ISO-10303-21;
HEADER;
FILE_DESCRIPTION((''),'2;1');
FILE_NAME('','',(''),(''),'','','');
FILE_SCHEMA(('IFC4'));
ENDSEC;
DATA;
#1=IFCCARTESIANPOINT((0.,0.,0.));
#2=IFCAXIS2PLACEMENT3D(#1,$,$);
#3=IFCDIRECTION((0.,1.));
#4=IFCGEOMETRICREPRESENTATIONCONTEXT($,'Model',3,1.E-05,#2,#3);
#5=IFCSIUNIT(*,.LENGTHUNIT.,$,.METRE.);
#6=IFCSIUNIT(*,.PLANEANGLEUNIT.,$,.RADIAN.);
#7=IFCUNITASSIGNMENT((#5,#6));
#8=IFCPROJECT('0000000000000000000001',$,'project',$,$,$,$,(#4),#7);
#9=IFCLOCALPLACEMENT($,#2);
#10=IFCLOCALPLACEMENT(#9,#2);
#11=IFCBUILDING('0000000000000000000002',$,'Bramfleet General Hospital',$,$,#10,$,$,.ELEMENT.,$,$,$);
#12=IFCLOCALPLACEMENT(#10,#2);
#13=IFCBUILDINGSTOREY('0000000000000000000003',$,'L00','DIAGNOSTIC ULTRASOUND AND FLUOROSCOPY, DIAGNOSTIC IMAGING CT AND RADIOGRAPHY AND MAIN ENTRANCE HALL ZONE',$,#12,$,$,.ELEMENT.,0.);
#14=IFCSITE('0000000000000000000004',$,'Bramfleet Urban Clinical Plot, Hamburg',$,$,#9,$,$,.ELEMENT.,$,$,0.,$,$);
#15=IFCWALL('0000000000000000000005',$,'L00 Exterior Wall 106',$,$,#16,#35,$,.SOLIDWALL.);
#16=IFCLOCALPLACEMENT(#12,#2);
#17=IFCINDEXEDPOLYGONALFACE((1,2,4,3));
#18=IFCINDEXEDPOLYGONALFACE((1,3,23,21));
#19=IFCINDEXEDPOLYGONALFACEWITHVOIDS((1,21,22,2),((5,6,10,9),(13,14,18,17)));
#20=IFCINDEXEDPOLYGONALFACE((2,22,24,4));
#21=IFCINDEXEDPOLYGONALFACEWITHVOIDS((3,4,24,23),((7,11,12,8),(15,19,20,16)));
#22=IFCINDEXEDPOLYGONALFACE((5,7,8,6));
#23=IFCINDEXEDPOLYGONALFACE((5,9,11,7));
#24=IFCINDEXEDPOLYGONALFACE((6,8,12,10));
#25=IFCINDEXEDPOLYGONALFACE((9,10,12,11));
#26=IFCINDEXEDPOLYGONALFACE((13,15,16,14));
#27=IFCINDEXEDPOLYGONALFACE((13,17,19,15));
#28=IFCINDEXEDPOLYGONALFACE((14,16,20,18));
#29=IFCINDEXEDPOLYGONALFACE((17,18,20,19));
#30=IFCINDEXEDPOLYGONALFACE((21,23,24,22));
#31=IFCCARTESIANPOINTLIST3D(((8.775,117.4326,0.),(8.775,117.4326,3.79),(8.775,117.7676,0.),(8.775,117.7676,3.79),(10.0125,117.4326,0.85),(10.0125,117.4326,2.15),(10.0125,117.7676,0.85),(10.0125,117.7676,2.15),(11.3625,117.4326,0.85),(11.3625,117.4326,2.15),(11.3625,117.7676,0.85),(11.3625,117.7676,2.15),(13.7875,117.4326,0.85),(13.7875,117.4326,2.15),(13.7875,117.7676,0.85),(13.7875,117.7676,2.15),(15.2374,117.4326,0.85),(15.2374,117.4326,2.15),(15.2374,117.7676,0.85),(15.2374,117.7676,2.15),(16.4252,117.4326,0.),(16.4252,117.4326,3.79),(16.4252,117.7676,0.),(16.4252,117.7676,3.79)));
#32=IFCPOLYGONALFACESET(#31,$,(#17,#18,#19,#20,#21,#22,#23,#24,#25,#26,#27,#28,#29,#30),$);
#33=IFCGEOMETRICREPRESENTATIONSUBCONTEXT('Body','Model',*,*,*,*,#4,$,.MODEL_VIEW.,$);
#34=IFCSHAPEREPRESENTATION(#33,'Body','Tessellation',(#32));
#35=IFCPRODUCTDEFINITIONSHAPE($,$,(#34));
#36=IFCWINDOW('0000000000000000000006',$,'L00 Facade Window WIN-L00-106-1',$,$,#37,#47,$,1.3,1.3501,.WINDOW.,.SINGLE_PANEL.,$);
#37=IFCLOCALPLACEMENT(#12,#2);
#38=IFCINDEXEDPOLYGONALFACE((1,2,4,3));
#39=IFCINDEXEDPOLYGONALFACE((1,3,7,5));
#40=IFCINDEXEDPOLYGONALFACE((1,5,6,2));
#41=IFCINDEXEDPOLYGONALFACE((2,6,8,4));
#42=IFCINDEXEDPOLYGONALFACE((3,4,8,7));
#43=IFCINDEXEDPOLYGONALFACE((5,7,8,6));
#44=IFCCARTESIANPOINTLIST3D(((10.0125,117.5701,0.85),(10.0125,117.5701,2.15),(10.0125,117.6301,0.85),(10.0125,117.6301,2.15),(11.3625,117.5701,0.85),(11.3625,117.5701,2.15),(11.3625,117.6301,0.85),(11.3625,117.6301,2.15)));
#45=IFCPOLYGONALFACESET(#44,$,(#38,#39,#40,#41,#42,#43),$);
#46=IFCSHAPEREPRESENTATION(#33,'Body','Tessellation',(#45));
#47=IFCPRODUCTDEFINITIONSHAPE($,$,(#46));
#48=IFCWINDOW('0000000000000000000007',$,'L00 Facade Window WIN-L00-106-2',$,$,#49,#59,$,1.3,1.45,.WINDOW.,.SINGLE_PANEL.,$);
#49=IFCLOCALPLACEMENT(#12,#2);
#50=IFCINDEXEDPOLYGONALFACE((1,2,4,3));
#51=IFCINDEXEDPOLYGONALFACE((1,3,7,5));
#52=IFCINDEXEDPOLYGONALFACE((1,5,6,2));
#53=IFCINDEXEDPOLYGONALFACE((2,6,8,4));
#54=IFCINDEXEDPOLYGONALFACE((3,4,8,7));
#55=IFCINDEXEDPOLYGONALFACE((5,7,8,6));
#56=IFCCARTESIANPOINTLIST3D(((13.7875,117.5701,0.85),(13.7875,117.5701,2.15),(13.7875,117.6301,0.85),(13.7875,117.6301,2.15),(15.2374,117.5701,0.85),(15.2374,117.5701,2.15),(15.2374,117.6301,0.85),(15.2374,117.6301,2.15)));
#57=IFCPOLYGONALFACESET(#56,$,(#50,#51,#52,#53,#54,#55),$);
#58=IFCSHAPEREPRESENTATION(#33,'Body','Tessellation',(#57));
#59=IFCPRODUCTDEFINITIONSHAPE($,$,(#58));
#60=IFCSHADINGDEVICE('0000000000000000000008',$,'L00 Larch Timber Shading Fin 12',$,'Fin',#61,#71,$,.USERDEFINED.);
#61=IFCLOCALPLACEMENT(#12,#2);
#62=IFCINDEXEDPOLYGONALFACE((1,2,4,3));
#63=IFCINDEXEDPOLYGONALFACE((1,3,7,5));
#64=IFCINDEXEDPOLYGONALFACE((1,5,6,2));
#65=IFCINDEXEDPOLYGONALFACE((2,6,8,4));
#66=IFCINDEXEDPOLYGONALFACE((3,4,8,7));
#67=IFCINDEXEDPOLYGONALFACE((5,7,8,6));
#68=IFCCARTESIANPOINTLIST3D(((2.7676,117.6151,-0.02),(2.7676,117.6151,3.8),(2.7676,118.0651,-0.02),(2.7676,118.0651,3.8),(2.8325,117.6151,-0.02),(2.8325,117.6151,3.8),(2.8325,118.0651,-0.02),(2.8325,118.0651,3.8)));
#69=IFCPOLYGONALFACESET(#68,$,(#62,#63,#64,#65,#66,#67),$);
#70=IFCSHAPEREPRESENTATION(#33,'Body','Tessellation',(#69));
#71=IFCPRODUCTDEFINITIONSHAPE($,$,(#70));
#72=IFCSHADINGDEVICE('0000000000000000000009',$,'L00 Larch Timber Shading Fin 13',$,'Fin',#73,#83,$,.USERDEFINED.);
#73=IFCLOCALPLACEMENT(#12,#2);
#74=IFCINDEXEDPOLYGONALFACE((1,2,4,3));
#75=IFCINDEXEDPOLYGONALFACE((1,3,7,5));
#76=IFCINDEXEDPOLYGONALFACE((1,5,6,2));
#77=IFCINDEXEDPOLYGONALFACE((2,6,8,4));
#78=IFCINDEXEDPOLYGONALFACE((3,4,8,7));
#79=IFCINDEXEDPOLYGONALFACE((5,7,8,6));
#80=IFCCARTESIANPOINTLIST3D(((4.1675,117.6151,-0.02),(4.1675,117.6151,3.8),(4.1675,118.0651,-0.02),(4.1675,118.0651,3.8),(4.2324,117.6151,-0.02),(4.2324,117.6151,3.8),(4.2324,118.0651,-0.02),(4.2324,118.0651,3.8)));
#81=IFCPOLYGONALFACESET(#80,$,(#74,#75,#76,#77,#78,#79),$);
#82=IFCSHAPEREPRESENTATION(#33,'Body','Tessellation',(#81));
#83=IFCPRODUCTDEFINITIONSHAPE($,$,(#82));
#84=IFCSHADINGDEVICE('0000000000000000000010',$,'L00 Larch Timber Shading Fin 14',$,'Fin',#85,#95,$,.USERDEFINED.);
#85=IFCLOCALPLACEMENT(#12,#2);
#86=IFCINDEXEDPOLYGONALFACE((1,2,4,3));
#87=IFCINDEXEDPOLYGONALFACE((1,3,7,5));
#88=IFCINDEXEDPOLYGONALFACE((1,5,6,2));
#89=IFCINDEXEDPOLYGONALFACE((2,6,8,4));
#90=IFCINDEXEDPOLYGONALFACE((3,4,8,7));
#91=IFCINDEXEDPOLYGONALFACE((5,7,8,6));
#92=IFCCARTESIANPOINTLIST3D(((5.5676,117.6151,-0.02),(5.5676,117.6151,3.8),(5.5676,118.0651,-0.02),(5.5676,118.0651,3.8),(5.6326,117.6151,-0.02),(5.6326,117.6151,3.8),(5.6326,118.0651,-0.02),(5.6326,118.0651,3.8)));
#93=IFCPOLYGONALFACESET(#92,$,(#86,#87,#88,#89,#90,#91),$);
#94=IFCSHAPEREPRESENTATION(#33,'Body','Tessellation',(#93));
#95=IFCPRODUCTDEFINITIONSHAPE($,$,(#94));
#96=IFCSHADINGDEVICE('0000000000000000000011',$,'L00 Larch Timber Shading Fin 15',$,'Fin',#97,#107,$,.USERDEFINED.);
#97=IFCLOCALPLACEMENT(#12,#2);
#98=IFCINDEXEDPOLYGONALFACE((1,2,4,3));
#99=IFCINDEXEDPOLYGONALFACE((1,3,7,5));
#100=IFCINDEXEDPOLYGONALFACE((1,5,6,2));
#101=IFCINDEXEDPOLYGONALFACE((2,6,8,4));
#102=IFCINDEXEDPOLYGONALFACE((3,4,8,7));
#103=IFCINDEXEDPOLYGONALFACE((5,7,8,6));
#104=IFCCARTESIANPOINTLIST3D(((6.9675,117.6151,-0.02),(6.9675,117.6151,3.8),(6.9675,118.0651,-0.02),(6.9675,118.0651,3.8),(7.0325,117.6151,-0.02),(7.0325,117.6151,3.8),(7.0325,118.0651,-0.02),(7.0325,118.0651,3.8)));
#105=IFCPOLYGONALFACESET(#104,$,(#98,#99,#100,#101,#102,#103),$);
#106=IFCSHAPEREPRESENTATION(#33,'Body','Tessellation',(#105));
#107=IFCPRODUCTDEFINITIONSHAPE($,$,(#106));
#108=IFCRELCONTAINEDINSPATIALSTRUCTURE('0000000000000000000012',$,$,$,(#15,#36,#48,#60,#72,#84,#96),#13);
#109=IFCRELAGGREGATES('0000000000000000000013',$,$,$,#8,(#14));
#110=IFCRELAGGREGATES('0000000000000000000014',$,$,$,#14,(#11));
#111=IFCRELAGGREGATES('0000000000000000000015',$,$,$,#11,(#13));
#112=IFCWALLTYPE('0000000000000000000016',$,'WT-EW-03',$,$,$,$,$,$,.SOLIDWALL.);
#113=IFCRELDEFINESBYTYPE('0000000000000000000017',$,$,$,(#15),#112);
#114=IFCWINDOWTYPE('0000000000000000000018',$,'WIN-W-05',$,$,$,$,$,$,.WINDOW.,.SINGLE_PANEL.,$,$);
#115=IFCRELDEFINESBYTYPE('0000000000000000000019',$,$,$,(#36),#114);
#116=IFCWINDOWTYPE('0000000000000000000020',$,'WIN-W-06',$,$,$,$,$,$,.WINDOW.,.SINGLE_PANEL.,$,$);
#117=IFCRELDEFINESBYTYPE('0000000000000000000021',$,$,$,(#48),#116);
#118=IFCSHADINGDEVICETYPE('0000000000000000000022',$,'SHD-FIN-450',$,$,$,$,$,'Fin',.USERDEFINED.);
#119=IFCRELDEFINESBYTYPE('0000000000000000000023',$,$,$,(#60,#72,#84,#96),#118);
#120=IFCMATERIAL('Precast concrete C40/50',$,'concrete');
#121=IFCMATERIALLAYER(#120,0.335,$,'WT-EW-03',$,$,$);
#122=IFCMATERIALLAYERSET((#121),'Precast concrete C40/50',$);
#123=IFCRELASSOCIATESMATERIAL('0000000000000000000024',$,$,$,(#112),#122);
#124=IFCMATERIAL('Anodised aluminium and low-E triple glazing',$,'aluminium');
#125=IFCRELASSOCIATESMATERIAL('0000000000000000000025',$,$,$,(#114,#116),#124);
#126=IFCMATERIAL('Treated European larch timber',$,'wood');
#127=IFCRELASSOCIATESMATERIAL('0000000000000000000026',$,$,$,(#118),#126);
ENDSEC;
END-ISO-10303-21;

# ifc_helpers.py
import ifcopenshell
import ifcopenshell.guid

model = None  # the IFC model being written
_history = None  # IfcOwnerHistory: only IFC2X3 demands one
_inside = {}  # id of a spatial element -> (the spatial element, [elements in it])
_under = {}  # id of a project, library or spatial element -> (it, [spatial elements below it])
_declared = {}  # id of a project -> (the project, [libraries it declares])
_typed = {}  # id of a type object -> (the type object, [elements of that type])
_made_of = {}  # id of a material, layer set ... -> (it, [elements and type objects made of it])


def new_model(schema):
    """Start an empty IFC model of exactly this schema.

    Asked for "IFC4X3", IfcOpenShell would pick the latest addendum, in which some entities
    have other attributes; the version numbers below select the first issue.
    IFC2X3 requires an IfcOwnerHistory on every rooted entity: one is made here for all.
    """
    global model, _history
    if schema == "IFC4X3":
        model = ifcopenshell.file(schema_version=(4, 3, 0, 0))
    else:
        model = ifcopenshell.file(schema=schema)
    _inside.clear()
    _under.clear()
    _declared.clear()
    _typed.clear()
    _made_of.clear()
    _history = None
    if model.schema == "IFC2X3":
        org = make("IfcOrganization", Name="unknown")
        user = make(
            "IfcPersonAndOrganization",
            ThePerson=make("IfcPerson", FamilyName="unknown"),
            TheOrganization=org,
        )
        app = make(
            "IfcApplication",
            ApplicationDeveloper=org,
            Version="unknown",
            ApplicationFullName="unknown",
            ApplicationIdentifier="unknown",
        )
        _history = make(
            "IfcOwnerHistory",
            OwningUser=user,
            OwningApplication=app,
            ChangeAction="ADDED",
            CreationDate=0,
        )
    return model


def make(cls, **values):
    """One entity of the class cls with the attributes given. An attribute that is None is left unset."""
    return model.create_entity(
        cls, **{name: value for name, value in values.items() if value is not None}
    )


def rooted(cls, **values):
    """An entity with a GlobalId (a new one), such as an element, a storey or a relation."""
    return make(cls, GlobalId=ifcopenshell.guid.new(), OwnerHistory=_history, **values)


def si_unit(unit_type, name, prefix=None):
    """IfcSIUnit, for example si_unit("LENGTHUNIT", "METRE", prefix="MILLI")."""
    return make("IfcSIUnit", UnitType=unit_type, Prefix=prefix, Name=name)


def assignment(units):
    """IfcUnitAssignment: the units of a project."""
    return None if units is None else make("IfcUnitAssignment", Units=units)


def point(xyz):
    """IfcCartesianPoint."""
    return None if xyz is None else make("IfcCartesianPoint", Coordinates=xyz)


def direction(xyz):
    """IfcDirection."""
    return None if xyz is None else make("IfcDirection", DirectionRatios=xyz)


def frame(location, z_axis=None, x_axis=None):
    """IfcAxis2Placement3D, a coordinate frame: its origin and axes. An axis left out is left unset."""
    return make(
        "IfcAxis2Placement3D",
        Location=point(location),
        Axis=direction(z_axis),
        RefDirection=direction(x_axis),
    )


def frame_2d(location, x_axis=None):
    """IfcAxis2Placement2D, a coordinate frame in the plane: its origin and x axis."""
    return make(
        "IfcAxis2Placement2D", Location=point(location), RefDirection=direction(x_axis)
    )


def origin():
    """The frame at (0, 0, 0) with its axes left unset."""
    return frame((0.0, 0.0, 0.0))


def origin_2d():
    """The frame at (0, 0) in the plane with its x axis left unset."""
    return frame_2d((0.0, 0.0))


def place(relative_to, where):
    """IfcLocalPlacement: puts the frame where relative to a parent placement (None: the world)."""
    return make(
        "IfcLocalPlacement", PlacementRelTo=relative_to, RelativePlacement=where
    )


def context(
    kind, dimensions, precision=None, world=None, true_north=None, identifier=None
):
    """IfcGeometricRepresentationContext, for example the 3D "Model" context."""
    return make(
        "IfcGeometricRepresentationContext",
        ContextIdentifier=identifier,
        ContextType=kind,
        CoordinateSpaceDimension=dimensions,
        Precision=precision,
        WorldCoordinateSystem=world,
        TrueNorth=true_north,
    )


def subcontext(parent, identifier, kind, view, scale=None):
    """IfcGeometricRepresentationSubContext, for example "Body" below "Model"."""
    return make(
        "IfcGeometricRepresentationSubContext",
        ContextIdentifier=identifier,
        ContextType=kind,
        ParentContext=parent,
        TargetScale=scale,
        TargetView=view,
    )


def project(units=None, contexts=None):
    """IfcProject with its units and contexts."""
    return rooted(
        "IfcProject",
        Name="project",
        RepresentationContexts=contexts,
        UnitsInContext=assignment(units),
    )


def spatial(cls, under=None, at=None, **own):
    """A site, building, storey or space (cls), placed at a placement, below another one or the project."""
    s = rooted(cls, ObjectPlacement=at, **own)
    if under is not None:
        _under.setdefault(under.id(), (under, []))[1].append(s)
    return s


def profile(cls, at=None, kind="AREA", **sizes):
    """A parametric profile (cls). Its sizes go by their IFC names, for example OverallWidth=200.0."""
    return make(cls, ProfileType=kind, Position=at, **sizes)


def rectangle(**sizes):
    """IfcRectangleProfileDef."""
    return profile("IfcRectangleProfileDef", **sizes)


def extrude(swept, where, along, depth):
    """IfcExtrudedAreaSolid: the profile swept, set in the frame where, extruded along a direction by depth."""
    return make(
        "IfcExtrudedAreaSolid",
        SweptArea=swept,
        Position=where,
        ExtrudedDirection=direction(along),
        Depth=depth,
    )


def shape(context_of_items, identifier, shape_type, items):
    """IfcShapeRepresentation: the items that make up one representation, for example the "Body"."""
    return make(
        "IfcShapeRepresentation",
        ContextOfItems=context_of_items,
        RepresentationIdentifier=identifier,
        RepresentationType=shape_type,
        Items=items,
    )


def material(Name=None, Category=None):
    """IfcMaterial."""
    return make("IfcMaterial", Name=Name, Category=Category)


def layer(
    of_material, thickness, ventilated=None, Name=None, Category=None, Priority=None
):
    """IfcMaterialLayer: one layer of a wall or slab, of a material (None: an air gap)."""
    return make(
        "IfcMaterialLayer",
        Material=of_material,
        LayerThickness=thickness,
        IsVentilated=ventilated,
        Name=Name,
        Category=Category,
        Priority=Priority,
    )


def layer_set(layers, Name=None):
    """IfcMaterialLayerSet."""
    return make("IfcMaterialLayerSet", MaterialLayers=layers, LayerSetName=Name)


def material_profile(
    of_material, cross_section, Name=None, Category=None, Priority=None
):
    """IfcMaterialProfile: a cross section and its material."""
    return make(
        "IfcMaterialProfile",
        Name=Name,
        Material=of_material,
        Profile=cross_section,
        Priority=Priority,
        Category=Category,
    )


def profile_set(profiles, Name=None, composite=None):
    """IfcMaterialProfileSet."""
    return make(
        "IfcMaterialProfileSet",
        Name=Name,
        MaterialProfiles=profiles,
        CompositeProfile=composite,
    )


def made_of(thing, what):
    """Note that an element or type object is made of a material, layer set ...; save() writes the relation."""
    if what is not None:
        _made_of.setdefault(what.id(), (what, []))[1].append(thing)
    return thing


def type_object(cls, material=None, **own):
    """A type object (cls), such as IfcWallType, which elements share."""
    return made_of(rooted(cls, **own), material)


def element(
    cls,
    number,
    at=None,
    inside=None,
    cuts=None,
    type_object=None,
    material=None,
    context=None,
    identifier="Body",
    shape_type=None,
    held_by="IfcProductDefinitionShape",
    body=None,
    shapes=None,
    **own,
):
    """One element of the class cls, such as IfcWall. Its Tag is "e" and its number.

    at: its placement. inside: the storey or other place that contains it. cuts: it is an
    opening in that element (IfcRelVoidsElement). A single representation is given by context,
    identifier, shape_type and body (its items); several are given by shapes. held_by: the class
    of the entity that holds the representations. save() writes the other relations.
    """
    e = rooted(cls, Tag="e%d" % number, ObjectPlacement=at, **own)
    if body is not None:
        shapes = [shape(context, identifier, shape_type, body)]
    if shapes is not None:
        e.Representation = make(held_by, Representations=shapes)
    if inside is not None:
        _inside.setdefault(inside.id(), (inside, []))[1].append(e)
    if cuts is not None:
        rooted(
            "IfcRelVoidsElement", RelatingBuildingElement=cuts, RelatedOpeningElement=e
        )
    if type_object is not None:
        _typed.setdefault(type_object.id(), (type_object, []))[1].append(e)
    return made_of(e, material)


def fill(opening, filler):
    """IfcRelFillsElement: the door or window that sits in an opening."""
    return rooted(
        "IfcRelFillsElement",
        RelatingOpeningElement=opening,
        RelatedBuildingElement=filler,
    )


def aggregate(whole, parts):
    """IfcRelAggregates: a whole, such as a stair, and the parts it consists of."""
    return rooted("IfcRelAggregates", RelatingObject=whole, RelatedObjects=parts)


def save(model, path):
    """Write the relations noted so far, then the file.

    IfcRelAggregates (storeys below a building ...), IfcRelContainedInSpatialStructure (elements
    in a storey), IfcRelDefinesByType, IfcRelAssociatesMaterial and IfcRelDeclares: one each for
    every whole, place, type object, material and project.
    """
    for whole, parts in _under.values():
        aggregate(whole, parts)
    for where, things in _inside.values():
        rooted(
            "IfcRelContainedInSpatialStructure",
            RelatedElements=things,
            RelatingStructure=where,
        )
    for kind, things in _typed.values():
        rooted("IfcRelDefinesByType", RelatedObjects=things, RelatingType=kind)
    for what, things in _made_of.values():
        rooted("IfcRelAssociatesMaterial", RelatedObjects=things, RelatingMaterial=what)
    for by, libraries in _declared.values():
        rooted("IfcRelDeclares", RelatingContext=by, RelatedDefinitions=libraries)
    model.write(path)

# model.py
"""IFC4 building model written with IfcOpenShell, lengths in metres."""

from ifc_helpers import new_model, si_unit, direction, frame, frame_2d, origin, origin_2d, place, context, subcontext, project, spatial, rectangle, extrude, material, layer, layer_set, material_profile, profile_set, type_object, element, fill, save


model = new_model("IFC4")

# Units and contexts
model_context = context("Model", 3, precision=1e-05, world=origin(), true_north=direction((0.0, 1.0)))
body_context = subcontext(model_context, "Body", "Model", "MODEL_VIEW")
ifc_project = project(units=[si_unit("LENGTHUNIT", "METRE"), si_unit("PLANEANGLEUNIT", "RADIAN")], contexts=[model_context])

# Site, building, storey
site_placement = place(None, origin())
site = spatial("IfcSite", under=ifc_project, at=site_placement, Name="Bramfleet Urban Clinical Plot, Hamburg", CompositionType="ELEMENT", RefElevation=0.0)
building_placement = place(site_placement, origin())
building = spatial("IfcBuilding", under=site, at=building_placement, Name="Bramfleet General Hospital", CompositionType="ELEMENT")
storey_placement = place(building_placement, origin())
storey = spatial("IfcBuildingStorey", under=building, at=storey_placement, Name="L00", Description="DIAGNOSTIC ULTRASOUND AND FLUOROSCOPY, DIAGNOSTIC IMAGING CT AND RADIOGRAPHY AND MAIN ENTRANCE HALL ZONE", CompositionType="ELEMENT", Elevation=0.0)

# Shared definitions
ifc_material_1 = material(Name="Anodised aluminium and low-E triple glazing", Category="aluminium")

# Wall, openings, windows
ifc_material_2 = material(Name="Precast concrete C40/50", Category="concrete")
ifc_layer_1 = layer(ifc_material_2, 0.335, Name="WT-EW-03")
ifc_layer_set_1 = layer_set([ifc_layer_1], Name="Precast concrete C40/50")
wall_type = type_object("IfcWallType", Name="WT-EW-03", PredefinedType="SOLIDWALL", material=ifc_layer_set_1)
wall_placement = place(storey_placement, frame((8.7749, 117.6001, 0.0), z_axis=(0.0, 0.0, 1.0), x_axis=(1.0, 0.0, 0.0)))
wall = element("IfcWall", 1, at=wall_placement, inside=storey, type_object=wall_type, Name="L00 Exterior Wall 106", PredefinedType="SOLIDWALL", context=body_context, shape_type="SweptSolid", body=[
    extrude(rectangle(XDim=7.6501, YDim=0.335, at=frame_2d((3.8252, 0.0))), origin(), (0.0, 0.0, 1.0), 3.79),
])
opening_1_placement = place(wall_placement, frame((1.2375, 0.0, 0.8501)))
opening_1 = element("IfcOpeningElement", 2, at=opening_1_placement, cuts=wall, PredefinedType="OPENING", context=body_context, shape_type="SweptSolid", body=[
    extrude(rectangle(XDim=1.3501, YDim=1.3, at=frame_2d((0.675, 0.6499))), frame((0.0, 0.1775, 0.0), z_axis=(0.0, -1.0, 0.0), x_axis=(1.0, 0.0, 0.0)), (0.0, 0.0, 1.0), 0.355),
])
opening_2_placement = place(wall_placement, frame((5.0125, 0.0, 0.8501)))
opening_2 = element("IfcOpeningElement", 3, at=opening_2_placement, cuts=wall, PredefinedType="OPENING", context=body_context, shape_type="SweptSolid", body=[
    extrude(rectangle(XDim=1.45, YDim=1.3, at=frame_2d((0.7251, 0.6499))), frame((0.0, 0.1775, 0.0), z_axis=(0.0, -1.0, 0.0), x_axis=(1.0, 0.0, 0.0)), (0.0, 0.0, 1.0), 0.355),
])
window_type_1 = type_object("IfcWindowType", Name="WIN-W-05", PartitioningType="SINGLE_PANEL", PredefinedType="WINDOW", material=ifc_material_1)
window_1_placement = place(opening_1_placement, origin())
window_1 = element("IfcWindow", 4, at=window_1_placement, inside=storey, type_object=window_type_1, Name="L00 Facade Window WIN-L00-106-1", OverallHeight=1.3, OverallWidth=1.3501, PartitioningType="SINGLE_PANEL", PredefinedType="WINDOW", context=body_context, shape_type="SweptSolid", body=[
    extrude(rectangle(XDim=1.3501, YDim=1.3, at=frame_2d((0.675, 0.6499))), frame((0.0, 0.03, 0.0), z_axis=(0.0, -1.0, 0.0), x_axis=(1.0, 0.0, 0.0)), (0.0, 0.0, 1.0), 0.0601),
])
fill(opening_1, window_1)
window_type_2 = type_object("IfcWindowType", Name="WIN-W-06", PartitioningType="SINGLE_PANEL", PredefinedType="WINDOW", material=ifc_material_1)
window_2_placement = place(opening_2_placement, origin())
window_2 = element("IfcWindow", 5, at=window_2_placement, inside=storey, type_object=window_type_2, Name="L00 Facade Window WIN-L00-106-2", OverallHeight=1.3, OverallWidth=1.45, PartitioningType="SINGLE_PANEL", PredefinedType="WINDOW", context=body_context, shape_type="SweptSolid", body=[
    extrude(rectangle(XDim=1.45, YDim=1.3, at=frame_2d((0.7251, 0.6499))), frame((0.0, 0.03, 0.0), z_axis=(0.0, -1.0, 0.0), x_axis=(1.0, 0.0, 0.0)), (0.0, 0.0, 1.0), 0.0601),
])
fill(opening_2, window_2)

# Shading devices
ifc_material_3 = material(Name="Treated European larch timber", Category="wood")
ifc_material_profile_1 = material_profile(ifc_material_3, rectangle(XDim=0.0649, YDim=0.45, at=origin_2d()), Name="LARCH FIN 450x65")
ifc_profile_set_1 = profile_set([ifc_material_profile_1], Name="Treated European larch timber")
shading_device_type = type_object("IfcShadingDeviceType", Name="SHD-FIN-450", ElementType="Fin", PredefinedType="USERDEFINED", material=ifc_profile_set_1)
for number, where, z_axis, x_axis, name in (
    (6, (2.8, 117.8401, -0.02), (0.0, 0.0, 1.0), (1.0, 0.0, 0.0), "L00 Larch Timber Shading Fin 12"),
    (7, (4.2, 117.8401, -0.02), (0.0, 0.0, 1.0), (1.0, 0.0, 0.0), "L00 Larch Timber Shading Fin 13"),
    (8, (5.6001, 117.8401, -0.02), (0.0, 0.0, 1.0), (1.0, 0.0, 0.0), "L00 Larch Timber Shading Fin 14"),
    (9, (7.0, 117.8401, -0.02), (0.0, 0.0, 1.0), (1.0, 0.0, 0.0), "L00 Larch Timber Shading Fin 15"),
):
    element("IfcShadingDevice", number, at=place(storey_placement, frame(where, z_axis=z_axis, x_axis=x_axis)), inside=storey, type_object=shading_device_type, Name=name, ObjectType="Fin", PredefinedType="USERDEFINED", context=body_context, shape_type="SweptSolid", body=[
        extrude(rectangle(XDim=0.0649, YDim=0.45, at=origin_2d()), origin(), (0.0, 0.0, 1.0), 3.8201),
    ])

save(model, "model.ifc")
